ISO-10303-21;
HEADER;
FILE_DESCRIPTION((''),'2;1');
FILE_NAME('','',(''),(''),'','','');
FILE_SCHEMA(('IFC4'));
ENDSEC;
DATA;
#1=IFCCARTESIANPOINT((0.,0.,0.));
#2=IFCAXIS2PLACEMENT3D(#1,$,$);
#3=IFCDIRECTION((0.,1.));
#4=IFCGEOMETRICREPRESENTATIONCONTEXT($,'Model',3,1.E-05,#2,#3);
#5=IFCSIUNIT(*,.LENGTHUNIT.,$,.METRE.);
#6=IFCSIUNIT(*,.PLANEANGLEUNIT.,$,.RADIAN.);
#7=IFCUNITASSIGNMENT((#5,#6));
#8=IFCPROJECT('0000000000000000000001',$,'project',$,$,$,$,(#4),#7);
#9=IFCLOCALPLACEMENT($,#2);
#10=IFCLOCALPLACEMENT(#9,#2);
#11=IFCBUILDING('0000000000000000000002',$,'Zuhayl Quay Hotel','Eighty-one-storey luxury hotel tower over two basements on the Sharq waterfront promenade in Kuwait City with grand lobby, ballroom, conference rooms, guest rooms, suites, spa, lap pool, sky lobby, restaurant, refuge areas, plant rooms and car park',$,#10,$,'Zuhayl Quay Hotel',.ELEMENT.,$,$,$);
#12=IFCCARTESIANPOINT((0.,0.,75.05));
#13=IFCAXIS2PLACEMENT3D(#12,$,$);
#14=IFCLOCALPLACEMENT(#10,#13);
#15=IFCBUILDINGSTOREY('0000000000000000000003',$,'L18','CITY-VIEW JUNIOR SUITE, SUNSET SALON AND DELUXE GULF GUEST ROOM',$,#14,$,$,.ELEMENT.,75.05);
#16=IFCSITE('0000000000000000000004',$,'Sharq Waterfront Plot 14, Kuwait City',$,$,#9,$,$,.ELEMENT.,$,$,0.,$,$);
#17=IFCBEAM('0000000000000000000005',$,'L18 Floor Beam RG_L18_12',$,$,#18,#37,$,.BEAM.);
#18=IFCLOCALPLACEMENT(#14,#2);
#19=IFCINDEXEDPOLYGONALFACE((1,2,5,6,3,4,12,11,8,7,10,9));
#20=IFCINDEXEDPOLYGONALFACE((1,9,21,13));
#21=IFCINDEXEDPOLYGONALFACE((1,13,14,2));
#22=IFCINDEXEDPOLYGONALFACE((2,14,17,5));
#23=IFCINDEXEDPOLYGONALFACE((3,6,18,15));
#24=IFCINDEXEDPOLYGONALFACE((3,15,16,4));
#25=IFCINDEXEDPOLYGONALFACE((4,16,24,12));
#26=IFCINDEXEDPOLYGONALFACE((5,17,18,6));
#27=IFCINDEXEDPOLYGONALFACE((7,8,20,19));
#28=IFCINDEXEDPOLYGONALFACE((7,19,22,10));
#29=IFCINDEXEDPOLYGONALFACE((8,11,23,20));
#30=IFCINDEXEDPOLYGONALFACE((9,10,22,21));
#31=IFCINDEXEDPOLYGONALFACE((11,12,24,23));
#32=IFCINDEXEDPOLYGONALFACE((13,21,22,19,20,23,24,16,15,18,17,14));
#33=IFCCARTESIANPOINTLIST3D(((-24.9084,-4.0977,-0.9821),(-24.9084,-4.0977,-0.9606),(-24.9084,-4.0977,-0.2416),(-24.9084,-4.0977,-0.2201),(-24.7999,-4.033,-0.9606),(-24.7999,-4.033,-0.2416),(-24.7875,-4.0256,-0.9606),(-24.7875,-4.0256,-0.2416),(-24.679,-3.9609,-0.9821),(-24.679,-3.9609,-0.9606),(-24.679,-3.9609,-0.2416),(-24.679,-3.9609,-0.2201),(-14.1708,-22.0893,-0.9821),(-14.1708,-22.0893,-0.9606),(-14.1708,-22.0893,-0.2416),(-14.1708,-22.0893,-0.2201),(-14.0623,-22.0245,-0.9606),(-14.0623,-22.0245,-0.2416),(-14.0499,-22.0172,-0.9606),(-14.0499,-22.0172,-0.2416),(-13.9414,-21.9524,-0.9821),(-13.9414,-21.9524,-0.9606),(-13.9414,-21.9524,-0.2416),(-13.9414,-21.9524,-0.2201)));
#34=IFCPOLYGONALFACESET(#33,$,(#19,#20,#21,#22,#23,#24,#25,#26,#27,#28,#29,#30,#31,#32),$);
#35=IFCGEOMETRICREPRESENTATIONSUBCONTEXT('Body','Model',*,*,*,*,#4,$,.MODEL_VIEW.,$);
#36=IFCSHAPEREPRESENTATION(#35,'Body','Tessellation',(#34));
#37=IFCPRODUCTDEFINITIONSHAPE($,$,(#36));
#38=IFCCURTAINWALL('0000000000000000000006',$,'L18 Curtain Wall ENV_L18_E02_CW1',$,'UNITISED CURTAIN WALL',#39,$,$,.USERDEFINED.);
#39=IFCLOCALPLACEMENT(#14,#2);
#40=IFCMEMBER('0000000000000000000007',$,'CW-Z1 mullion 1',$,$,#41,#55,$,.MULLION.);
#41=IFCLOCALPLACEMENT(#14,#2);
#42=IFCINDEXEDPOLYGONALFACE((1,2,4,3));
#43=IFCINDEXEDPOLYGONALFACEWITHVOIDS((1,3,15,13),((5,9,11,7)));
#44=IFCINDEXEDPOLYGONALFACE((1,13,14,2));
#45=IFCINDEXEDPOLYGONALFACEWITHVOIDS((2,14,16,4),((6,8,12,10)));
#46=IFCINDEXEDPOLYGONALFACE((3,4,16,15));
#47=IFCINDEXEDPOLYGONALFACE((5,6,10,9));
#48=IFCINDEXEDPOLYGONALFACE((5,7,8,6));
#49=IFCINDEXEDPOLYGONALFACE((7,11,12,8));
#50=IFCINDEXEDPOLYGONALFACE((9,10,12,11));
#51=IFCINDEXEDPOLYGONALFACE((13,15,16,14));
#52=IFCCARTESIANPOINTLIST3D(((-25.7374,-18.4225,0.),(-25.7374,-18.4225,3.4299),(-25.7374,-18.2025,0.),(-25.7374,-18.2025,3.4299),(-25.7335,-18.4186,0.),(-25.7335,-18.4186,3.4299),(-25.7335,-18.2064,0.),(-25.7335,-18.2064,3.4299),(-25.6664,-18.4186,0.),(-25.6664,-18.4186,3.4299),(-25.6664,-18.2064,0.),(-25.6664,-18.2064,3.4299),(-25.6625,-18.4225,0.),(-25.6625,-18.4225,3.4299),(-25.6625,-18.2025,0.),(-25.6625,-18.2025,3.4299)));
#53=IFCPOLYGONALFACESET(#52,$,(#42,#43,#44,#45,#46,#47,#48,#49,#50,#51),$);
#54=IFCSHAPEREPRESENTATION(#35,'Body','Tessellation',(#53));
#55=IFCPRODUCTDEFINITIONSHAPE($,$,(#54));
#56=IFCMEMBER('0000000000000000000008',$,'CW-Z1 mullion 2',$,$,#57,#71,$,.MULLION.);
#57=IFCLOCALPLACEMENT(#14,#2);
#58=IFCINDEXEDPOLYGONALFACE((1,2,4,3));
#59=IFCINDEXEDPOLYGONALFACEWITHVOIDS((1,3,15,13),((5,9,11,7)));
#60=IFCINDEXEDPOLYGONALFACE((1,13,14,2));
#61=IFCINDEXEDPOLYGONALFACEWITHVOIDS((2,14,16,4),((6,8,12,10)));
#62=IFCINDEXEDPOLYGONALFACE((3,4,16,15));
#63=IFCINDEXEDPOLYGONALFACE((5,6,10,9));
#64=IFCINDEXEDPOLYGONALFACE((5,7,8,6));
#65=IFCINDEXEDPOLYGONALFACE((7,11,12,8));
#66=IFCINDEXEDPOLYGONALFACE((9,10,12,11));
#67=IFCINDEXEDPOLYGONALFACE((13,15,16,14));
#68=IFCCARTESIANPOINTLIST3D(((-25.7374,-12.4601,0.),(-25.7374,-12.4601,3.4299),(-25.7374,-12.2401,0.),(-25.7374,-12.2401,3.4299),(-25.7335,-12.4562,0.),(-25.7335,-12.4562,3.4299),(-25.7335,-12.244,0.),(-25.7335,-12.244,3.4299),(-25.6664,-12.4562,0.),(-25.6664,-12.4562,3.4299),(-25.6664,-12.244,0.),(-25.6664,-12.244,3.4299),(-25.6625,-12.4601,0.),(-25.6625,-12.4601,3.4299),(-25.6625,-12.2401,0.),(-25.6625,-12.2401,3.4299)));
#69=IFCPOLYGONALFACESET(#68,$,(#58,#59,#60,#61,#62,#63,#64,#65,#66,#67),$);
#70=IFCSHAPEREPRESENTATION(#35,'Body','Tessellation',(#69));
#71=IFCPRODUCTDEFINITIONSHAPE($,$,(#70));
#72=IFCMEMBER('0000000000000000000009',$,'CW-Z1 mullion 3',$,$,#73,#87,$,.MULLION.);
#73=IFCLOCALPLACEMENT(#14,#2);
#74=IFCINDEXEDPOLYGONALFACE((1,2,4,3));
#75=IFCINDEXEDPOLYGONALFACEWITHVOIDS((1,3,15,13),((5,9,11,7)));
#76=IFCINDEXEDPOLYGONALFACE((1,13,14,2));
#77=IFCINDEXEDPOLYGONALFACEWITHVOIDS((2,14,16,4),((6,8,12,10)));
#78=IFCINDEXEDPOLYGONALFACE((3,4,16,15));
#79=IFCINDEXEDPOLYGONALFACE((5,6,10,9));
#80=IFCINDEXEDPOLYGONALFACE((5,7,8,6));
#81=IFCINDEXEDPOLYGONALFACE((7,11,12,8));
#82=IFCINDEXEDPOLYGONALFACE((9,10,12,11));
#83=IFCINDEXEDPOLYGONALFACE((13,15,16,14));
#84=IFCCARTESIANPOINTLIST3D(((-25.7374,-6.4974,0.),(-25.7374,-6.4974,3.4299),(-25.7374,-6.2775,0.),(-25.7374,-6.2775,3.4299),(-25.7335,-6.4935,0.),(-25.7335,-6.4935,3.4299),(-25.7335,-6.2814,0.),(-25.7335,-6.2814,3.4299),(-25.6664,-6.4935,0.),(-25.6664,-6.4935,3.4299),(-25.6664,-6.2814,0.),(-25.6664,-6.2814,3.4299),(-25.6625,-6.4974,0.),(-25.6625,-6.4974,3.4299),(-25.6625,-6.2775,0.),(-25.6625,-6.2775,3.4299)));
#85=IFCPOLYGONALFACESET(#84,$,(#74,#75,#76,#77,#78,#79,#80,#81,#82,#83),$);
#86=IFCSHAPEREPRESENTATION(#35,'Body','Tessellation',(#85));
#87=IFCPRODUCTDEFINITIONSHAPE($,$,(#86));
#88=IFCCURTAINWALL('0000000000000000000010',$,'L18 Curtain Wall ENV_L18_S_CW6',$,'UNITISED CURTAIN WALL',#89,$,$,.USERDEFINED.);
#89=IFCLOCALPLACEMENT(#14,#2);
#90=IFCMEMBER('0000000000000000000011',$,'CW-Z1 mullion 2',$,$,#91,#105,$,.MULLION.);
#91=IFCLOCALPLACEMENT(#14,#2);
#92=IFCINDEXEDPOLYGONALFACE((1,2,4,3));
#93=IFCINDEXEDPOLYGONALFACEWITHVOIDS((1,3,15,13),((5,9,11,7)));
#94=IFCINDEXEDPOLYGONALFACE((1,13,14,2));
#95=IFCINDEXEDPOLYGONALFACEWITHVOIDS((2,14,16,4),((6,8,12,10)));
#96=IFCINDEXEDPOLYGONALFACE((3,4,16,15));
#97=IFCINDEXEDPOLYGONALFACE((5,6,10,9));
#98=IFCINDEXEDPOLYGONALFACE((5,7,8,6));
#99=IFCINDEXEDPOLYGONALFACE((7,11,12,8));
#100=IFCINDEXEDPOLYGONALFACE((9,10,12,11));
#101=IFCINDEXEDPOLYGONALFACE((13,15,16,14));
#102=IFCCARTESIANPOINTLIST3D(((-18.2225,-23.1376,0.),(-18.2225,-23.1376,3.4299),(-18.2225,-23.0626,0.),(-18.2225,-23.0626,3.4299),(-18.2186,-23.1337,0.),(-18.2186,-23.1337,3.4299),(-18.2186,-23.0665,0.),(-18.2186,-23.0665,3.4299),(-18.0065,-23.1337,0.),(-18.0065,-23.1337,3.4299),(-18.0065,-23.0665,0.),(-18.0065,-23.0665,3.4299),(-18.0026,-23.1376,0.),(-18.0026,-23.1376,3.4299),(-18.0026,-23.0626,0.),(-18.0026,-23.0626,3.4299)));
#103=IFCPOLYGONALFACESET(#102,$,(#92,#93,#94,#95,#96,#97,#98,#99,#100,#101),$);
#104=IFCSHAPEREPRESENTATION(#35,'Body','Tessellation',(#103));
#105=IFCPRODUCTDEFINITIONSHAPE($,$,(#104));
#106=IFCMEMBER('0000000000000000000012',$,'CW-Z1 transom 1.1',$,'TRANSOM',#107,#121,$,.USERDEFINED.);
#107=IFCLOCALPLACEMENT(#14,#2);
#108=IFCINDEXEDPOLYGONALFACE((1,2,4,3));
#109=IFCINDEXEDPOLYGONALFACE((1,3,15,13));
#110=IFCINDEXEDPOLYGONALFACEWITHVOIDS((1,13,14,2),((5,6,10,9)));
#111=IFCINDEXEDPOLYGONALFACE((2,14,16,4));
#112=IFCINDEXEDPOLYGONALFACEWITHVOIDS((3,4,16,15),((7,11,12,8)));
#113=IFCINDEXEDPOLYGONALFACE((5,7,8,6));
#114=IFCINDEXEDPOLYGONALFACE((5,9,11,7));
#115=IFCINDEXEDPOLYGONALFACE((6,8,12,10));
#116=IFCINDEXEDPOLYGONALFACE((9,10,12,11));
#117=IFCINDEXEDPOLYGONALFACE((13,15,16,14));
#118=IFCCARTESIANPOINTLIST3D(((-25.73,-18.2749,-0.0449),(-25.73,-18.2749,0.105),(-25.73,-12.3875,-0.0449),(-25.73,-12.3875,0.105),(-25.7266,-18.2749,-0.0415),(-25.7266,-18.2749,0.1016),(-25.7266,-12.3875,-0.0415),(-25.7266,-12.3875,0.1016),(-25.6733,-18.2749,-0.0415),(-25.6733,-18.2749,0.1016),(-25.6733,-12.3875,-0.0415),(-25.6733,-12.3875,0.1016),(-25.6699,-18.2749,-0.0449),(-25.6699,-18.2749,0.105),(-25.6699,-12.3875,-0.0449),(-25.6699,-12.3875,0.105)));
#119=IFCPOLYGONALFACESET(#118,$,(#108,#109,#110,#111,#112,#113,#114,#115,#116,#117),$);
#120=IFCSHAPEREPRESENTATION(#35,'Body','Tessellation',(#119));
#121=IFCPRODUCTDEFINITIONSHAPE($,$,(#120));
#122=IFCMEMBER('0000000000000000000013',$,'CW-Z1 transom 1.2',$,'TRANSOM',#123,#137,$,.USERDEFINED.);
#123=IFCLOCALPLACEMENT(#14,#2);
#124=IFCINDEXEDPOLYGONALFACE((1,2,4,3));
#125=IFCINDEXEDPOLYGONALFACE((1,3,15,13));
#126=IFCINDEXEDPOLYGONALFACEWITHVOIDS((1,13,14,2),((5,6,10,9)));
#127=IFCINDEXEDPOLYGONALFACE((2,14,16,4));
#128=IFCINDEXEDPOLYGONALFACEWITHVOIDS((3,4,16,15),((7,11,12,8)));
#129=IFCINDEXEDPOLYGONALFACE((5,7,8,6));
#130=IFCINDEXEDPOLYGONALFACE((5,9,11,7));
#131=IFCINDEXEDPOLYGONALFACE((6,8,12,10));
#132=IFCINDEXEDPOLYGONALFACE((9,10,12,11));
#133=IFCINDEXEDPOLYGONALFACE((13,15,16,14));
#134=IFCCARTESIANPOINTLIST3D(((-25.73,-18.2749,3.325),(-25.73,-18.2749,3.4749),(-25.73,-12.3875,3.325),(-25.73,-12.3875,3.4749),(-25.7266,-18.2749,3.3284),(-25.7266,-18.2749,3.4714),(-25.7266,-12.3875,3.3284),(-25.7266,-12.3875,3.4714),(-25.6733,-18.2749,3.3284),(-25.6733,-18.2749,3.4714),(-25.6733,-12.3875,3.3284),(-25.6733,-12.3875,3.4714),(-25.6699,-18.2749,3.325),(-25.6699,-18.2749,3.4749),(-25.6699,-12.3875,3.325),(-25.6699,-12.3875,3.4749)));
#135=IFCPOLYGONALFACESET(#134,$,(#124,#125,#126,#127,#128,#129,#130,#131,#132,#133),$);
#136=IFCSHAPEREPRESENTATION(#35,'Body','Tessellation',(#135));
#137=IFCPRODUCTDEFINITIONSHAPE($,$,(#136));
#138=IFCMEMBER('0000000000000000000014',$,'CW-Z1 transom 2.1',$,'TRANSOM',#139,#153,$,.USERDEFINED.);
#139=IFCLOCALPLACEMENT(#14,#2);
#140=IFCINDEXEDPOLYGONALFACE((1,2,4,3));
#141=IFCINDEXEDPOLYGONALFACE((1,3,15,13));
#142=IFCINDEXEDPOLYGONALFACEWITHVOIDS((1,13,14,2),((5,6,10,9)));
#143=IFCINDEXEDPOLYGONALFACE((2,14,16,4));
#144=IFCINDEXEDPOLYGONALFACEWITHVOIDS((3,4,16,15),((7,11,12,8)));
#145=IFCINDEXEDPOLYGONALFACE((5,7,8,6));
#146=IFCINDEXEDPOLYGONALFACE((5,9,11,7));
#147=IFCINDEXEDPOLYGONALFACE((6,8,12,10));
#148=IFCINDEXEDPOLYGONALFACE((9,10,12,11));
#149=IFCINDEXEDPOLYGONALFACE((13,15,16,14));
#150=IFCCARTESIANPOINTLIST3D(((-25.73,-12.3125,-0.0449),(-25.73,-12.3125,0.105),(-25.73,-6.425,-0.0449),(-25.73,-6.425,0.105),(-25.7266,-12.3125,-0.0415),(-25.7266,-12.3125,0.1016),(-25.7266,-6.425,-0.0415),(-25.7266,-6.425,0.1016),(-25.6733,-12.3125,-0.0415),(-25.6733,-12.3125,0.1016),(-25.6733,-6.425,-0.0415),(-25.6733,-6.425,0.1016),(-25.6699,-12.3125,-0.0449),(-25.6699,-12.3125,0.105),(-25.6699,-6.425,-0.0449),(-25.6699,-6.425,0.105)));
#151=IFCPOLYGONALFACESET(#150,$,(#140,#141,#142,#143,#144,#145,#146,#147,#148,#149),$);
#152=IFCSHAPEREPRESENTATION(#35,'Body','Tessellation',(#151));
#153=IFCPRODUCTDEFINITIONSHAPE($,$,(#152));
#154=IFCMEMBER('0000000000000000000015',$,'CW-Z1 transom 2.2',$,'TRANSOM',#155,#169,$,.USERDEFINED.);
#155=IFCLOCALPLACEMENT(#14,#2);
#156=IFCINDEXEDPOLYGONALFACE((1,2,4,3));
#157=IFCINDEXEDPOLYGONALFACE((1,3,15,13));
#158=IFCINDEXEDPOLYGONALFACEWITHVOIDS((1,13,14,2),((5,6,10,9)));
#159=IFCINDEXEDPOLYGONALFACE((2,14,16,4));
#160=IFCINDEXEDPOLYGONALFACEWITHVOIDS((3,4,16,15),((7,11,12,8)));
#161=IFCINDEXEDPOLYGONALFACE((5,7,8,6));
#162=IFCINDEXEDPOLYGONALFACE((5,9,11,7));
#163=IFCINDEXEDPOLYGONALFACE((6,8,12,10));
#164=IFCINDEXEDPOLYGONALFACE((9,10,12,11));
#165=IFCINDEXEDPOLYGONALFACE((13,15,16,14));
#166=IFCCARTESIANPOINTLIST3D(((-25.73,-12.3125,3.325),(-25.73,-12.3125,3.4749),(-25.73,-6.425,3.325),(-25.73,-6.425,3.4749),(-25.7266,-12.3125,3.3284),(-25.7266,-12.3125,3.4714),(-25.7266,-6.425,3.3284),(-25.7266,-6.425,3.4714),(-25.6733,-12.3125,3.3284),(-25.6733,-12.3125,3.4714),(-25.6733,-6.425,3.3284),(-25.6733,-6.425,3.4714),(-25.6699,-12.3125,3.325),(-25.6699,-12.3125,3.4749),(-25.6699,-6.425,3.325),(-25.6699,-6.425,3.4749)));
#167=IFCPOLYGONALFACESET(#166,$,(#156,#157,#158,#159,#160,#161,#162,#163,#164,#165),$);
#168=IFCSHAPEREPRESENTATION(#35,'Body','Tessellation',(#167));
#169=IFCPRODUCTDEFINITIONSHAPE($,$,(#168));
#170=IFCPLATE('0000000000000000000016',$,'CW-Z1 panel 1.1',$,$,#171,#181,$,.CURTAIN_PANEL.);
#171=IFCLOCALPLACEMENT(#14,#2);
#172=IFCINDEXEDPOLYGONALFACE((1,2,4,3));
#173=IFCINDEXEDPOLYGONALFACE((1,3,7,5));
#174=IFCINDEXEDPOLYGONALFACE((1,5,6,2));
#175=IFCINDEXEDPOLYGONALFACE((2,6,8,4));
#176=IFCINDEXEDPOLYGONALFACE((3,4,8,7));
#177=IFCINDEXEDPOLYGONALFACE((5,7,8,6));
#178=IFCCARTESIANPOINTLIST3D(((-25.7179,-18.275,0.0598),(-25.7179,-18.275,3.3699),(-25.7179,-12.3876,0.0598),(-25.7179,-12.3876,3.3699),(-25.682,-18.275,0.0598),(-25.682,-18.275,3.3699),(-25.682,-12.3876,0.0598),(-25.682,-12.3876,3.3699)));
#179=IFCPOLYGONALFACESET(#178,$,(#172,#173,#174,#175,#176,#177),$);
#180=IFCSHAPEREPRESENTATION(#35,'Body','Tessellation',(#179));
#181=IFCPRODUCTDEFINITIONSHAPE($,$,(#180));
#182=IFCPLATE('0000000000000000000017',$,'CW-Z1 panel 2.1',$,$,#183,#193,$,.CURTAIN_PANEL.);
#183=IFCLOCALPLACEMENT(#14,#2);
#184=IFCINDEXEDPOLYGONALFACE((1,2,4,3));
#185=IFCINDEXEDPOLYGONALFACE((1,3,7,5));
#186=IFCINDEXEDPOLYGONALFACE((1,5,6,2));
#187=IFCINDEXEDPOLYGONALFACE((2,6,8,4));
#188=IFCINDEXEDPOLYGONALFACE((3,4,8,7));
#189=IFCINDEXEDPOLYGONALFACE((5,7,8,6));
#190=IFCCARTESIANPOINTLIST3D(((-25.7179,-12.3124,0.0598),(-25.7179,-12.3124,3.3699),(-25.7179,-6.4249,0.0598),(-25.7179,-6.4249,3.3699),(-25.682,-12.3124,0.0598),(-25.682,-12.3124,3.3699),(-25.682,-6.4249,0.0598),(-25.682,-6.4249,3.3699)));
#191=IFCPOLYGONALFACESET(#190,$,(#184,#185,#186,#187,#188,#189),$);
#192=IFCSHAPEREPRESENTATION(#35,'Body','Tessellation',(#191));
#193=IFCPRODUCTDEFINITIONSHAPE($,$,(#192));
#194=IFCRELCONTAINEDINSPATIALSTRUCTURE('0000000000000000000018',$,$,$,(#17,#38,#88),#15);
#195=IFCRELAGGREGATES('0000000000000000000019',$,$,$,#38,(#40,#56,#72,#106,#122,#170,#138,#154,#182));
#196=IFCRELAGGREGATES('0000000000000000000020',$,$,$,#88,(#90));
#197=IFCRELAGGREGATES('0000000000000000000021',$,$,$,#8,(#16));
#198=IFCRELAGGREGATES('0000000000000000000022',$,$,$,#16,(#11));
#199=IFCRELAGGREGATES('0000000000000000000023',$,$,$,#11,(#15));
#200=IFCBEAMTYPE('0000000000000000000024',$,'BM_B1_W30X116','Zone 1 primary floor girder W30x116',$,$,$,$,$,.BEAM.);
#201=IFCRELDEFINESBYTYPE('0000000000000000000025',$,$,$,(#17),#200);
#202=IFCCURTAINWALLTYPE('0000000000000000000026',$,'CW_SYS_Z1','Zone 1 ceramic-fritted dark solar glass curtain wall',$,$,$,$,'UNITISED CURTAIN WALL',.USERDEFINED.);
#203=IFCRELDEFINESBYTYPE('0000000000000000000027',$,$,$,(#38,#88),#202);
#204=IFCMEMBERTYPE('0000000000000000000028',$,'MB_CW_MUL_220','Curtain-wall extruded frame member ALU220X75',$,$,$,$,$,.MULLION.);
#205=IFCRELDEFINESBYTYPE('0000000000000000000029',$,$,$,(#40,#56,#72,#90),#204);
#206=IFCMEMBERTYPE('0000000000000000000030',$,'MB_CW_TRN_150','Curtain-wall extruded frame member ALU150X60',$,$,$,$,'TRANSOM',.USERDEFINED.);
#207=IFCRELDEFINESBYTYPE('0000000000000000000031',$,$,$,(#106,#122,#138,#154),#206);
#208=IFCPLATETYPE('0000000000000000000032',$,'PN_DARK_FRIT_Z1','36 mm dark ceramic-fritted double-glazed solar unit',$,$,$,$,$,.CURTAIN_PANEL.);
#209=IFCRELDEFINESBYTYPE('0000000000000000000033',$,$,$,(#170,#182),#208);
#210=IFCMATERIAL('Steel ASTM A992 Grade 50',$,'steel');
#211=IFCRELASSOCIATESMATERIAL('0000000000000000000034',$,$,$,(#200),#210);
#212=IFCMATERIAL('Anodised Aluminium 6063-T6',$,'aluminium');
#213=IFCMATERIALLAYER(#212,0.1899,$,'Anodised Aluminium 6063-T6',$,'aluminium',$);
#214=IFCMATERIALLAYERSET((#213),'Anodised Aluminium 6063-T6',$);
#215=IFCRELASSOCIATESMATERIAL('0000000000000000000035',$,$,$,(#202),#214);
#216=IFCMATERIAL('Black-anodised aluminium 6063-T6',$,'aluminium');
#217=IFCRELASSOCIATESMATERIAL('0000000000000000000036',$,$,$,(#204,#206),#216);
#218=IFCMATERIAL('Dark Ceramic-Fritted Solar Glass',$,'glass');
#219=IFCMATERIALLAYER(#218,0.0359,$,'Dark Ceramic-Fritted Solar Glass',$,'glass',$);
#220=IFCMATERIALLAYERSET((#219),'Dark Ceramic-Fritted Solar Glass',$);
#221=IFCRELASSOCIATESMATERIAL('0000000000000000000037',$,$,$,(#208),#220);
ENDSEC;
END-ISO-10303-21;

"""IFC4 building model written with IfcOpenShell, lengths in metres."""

from ifc_helpers import new_model, si_unit, direction, frame, origin, origin_2d, place, context, subcontext, project, spatial, rectangle, hollow_rectangle, i_section, extrude, material, layer, layer_set, material_profile, profile_set, type_object, element, aggregate, save


model = new_model("IFC4")

# Units and contexts
model_context = context("Model", 3, precision=1e-05, world=origin(), true_north=direction((0.0, 1.0)))
body_context = subcontext(model_context, "Body", "Model", "MODEL_VIEW")
ifc_project = project(units=[si_unit("LENGTHUNIT", "METRE"), si_unit("PLANEANGLEUNIT", "RADIAN")], contexts=[model_context])

# Site, building, storey
site_placement = place(None, origin())
site = spatial("IfcSite", under=ifc_project, at=site_placement, Name="Sharq Waterfront Plot 14, Kuwait City", CompositionType="ELEMENT", RefElevation=0.0)
building_placement = place(site_placement, origin())
building = spatial("IfcBuilding", under=site, at=building_placement, Name="Zuhayl Quay Hotel", Description="Eighty-one-storey luxury hotel tower over two basements on the Sharq waterfront promenade in Kuwait City with grand lobby, ballroom, conference rooms, guest rooms, suites, spa, lap pool, sky lobby, restaurant, refuge areas, plant rooms and car park", LongName="Zuhayl Quay Hotel", CompositionType="ELEMENT")
storey_placement = place(building_placement, frame((0.0, 0.0, 75.05)))
storey = spatial("IfcBuildingStorey", under=building, at=storey_placement, Name="L18", Description="CITY-VIEW JUNIOR SUITE, SUNSET SALON AND DELUXE GULF GUEST ROOM", CompositionType="ELEMENT", Elevation=75.05)

# Beam
ifc_material_1 = material(Name="Steel ASTM A992 Grade 50", Category="steel")
ifc_material_profile_1 = material_profile(ifc_material_1, i_section(OverallWidth=0.2671, OverallDepth=0.762, WebThickness=0.0144, FlangeThickness=0.0215, at=origin_2d()), Name="W30X116")
ifc_profile_set_1 = profile_set([ifc_material_profile_1], Name="Steel ASTM A992 Grade 50")
beam_type = type_object("IfcBeamType", Name="BM_B1_W30X116", Description="Zone 1 primary floor girder W30x116", PredefinedType="BEAM", material=ifc_profile_set_1)
beam_placement = place(storey_placement, frame((-24.7937, -4.0293, -0.6011), z_axis=(0.512483, -0.858698, 0.0), x_axis=(0.858698, 0.512483, 0.0)))
element("IfcBeam", 1, at=beam_placement, inside=storey, type_object=beam_type, Name="L18 Floor Beam RG_L18_12", PredefinedType="BEAM", context=body_context, shape_type="SweptSolid", body=[
    extrude(i_section(OverallWidth=0.2671, OverallDepth=0.762, WebThickness=0.0144, FlangeThickness=0.0215, at=origin_2d()), origin(), (0.0, 0.0, 1.0), 20.9521),
])

# Curtain wall, members
ifc_material_2 = material(Name="Anodised Aluminium 6063-T6", Category="aluminium")
ifc_layer_1 = layer(ifc_material_2, 0.1899, Name="Anodised Aluminium 6063-T6", Category="aluminium")
ifc_layer_set_1 = layer_set([ifc_layer_1], Name="Anodised Aluminium 6063-T6")
curtain_wall_type = type_object("IfcCurtainWallType", Name="CW_SYS_Z1", Description="Zone 1 ceramic-fritted dark solar glass curtain wall", ElementType="UNITISED CURTAIN WALL", PredefinedType="USERDEFINED", material=ifc_layer_set_1)
curtain_wall_1_placement = place(storey_placement, origin())
curtain_wall_1 = element("IfcCurtainWall", 2, at=curtain_wall_1_placement, inside=storey, type_object=curtain_wall_type, Name="L18 Curtain Wall ENV_L18_E02_CW1", ObjectType="UNITISED CURTAIN WALL", PredefinedType="USERDEFINED")
ifc_material_3 = material(Name="Black-anodised aluminium 6063-T6", Category="aluminium")
ifc_material_profile_2 = material_profile(ifc_material_3, hollow_rectangle(XDim=0.075, YDim=0.22, WallThickness=0.0039, at=origin_2d()), Name="ALU220X75")
ifc_profile_set_2 = profile_set([ifc_material_profile_2], Name="Black-anodised aluminium 6063-T6")
member_type_1 = type_object("IfcMemberType", Name="MB_CW_MUL_220", Description="Curtain-wall extruded frame member ALU220X75", PredefinedType="MULLION", material=ifc_profile_set_2)
member_1_placement = place(storey_placement, frame((-25.7, -18.3125, 0.0), z_axis=(0.0, 0.0, 1.0), x_axis=(-1.0, 0.0, 0.0)))
member_1 = element("IfcMember", 3, at=member_1_placement, type_object=member_type_1, Name="CW-Z1 mullion 1", PredefinedType="MULLION", context=body_context, shape_type="SweptSolid", body=[
    extrude(hollow_rectangle(XDim=0.075, YDim=0.22, WallThickness=0.0039, at=origin_2d()), origin(), (0.0, 0.0, 1.0), 3.4299),
])
member_2_placement = place(storey_placement, frame((-25.7, -12.3501, 0.0), z_axis=(0.0, 0.0, 1.0), x_axis=(-1.0, 0.0, 0.0)))
member_2 = element("IfcMember", 4, at=member_2_placement, type_object=member_type_1, Name="CW-Z1 mullion 2", PredefinedType="MULLION", context=body_context, shape_type="SweptSolid", body=[
    extrude(hollow_rectangle(XDim=0.075, YDim=0.22, WallThickness=0.0039, at=origin_2d()), origin(), (0.0, 0.0, 1.0), 3.4299),
])
member_3_placement = place(storey_placement, frame((-25.7, -6.3875, 0.0), z_axis=(0.0, 0.0, 1.0), x_axis=(-1.0, 0.0, 0.0)))
member_3 = element("IfcMember", 5, at=member_3_placement, type_object=member_type_1, Name="CW-Z1 mullion 3", PredefinedType="MULLION", context=body_context, shape_type="SweptSolid", body=[
    extrude(hollow_rectangle(XDim=0.075, YDim=0.22, WallThickness=0.0039, at=origin_2d()), origin(), (0.0, 0.0, 1.0), 3.4299),
])

# Curtain wall, member
curtain_wall_2_placement = place(storey_placement, origin())
curtain_wall_2 = element("IfcCurtainWall", 6, at=curtain_wall_2_placement, inside=storey, type_object=curtain_wall_type, Name="L18 Curtain Wall ENV_L18_S_CW6", ObjectType="UNITISED CURTAIN WALL", PredefinedType="USERDEFINED")
member_4_placement = place(storey_placement, frame((-18.1125, -23.1001, 0.0), z_axis=(0.0, 0.0, 1.0), x_axis=(0.0, -1.0, 0.0)))
member_4 = element("IfcMember", 7, at=member_4_placement, type_object=member_type_1, Name="CW-Z1 mullion 2", PredefinedType="MULLION", context=body_context, shape_type="SweptSolid", body=[
    extrude(hollow_rectangle(XDim=0.075, YDim=0.22, WallThickness=0.0039, at=origin_2d()), origin(), (0.0, 0.0, 1.0), 3.4299),
])

# Members
ifc_material_profile_3 = material_profile(ifc_material_3, hollow_rectangle(XDim=0.0601, YDim=0.1499, WallThickness=0.0034, at=origin_2d()), Name="ALU150X60")
ifc_profile_set_3 = profile_set([ifc_material_profile_3], Name="Black-anodised aluminium 6063-T6")
member_type_2 = type_object("IfcMemberType", Name="MB_CW_TRN_150", Description="Curtain-wall extruded frame member ALU150X60", ElementType="TRANSOM", PredefinedType="USERDEFINED", material=ifc_profile_set_3)
member_5_placement = place(storey_placement, frame((-25.7, -18.2749, 0.03), z_axis=(0.0, 1.0, 0.0), x_axis=(-1.0, 0.0, 0.0)))
member_5 = element("IfcMember", 8, at=member_5_placement, type_object=member_type_2, Name="CW-Z1 transom 1.1", ObjectType="TRANSOM", PredefinedType="USERDEFINED", context=body_context, shape_type="SweptSolid", body=[
    extrude(hollow_rectangle(XDim=0.0601, YDim=0.1499, WallThickness=0.0034, at=origin_2d()), origin(), (0.0, 0.0, 1.0), 5.8875),
])
member_6_placement = place(storey_placement, frame((-25.7, -18.2749, 3.3999), z_axis=(0.0, 1.0, 0.0), x_axis=(-1.0, 0.0, 0.0)))
member_6 = element("IfcMember", 9, at=member_6_placement, type_object=member_type_2, Name="CW-Z1 transom 1.2", ObjectType="TRANSOM", PredefinedType="USERDEFINED", context=body_context, shape_type="SweptSolid", body=[
    extrude(hollow_rectangle(XDim=0.0601, YDim=0.1499, WallThickness=0.0034, at=origin_2d()), origin(), (0.0, 0.0, 1.0), 5.8875),
])
member_7_placement = place(storey_placement, frame((-25.7, -12.3125, 0.03), z_axis=(0.0, 1.0, 0.0), x_axis=(-1.0, 0.0, 0.0)))
member_7 = element("IfcMember", 10, at=member_7_placement, type_object=member_type_2, Name="CW-Z1 transom 2.1", ObjectType="TRANSOM", PredefinedType="USERDEFINED", context=body_context, shape_type="SweptSolid", body=[
    extrude(hollow_rectangle(XDim=0.0601, YDim=0.1499, WallThickness=0.0034, at=origin_2d()), origin(), (0.0, 0.0, 1.0), 5.8875),
])
member_8_placement = place(storey_placement, frame((-25.7, -12.3125, 3.3999), z_axis=(0.0, 1.0, 0.0), x_axis=(-1.0, 0.0, 0.0)))
member_8 = element("IfcMember", 11, at=member_8_placement, type_object=member_type_2, Name="CW-Z1 transom 2.2", ObjectType="TRANSOM", PredefinedType="USERDEFINED", context=body_context, shape_type="SweptSolid", body=[
    extrude(hollow_rectangle(XDim=0.0601, YDim=0.1499, WallThickness=0.0034, at=origin_2d()), origin(), (0.0, 0.0, 1.0), 5.8875),
])

# Plates
ifc_material_4 = material(Name="Dark Ceramic-Fritted Solar Glass", Category="glass")
ifc_layer_2 = layer(ifc_material_4, 0.0359, Name="Dark Ceramic-Fritted Solar Glass", Category="glass")
ifc_layer_set_2 = layer_set([ifc_layer_2], Name="Dark Ceramic-Fritted Solar Glass")
plate_type = type_object("IfcPlateType", Name="PN_DARK_FRIT_Z1", Description="36 mm dark ceramic-fritted double-glazed solar unit", PredefinedType="CURTAIN_PANEL", material=ifc_layer_set_2)
plate_1_placement = place(storey_placement, frame((-25.7, -15.3313, 0.0598), z_axis=(0.0, 0.0, 1.0), x_axis=(0.0, 1.0, 0.0)))
plate_1 = element("IfcPlate", 12, at=plate_1_placement, type_object=plate_type, Name="CW-Z1 panel 1.1", PredefinedType="CURTAIN_PANEL", context=body_context, shape_type="SweptSolid", body=[
    extrude(rectangle(XDim=5.8875, YDim=0.0359, at=origin_2d()), origin(), (0.0, 0.0, 1.0), 3.3101),
])
plate_2_placement = place(storey_placement, frame((-25.7, -9.3687, 0.0598), z_axis=(0.0, 0.0, 1.0), x_axis=(0.0, 1.0, 0.0)))
plate_2 = element("IfcPlate", 13, at=plate_2_placement, type_object=plate_type, Name="CW-Z1 panel 2.1", PredefinedType="CURTAIN_PANEL", context=body_context, shape_type="SweptSolid", body=[
    extrude(rectangle(XDim=5.8875, YDim=0.0359, at=origin_2d()), origin(), (0.0, 0.0, 1.0), 3.3101),
])
aggregate(curtain_wall_1, [member_1, member_2, member_3, member_5, member_6, plate_1, member_7, member_8, plate_2])
aggregate(curtain_wall_2, [member_4])

save(model, "model.ifc")
